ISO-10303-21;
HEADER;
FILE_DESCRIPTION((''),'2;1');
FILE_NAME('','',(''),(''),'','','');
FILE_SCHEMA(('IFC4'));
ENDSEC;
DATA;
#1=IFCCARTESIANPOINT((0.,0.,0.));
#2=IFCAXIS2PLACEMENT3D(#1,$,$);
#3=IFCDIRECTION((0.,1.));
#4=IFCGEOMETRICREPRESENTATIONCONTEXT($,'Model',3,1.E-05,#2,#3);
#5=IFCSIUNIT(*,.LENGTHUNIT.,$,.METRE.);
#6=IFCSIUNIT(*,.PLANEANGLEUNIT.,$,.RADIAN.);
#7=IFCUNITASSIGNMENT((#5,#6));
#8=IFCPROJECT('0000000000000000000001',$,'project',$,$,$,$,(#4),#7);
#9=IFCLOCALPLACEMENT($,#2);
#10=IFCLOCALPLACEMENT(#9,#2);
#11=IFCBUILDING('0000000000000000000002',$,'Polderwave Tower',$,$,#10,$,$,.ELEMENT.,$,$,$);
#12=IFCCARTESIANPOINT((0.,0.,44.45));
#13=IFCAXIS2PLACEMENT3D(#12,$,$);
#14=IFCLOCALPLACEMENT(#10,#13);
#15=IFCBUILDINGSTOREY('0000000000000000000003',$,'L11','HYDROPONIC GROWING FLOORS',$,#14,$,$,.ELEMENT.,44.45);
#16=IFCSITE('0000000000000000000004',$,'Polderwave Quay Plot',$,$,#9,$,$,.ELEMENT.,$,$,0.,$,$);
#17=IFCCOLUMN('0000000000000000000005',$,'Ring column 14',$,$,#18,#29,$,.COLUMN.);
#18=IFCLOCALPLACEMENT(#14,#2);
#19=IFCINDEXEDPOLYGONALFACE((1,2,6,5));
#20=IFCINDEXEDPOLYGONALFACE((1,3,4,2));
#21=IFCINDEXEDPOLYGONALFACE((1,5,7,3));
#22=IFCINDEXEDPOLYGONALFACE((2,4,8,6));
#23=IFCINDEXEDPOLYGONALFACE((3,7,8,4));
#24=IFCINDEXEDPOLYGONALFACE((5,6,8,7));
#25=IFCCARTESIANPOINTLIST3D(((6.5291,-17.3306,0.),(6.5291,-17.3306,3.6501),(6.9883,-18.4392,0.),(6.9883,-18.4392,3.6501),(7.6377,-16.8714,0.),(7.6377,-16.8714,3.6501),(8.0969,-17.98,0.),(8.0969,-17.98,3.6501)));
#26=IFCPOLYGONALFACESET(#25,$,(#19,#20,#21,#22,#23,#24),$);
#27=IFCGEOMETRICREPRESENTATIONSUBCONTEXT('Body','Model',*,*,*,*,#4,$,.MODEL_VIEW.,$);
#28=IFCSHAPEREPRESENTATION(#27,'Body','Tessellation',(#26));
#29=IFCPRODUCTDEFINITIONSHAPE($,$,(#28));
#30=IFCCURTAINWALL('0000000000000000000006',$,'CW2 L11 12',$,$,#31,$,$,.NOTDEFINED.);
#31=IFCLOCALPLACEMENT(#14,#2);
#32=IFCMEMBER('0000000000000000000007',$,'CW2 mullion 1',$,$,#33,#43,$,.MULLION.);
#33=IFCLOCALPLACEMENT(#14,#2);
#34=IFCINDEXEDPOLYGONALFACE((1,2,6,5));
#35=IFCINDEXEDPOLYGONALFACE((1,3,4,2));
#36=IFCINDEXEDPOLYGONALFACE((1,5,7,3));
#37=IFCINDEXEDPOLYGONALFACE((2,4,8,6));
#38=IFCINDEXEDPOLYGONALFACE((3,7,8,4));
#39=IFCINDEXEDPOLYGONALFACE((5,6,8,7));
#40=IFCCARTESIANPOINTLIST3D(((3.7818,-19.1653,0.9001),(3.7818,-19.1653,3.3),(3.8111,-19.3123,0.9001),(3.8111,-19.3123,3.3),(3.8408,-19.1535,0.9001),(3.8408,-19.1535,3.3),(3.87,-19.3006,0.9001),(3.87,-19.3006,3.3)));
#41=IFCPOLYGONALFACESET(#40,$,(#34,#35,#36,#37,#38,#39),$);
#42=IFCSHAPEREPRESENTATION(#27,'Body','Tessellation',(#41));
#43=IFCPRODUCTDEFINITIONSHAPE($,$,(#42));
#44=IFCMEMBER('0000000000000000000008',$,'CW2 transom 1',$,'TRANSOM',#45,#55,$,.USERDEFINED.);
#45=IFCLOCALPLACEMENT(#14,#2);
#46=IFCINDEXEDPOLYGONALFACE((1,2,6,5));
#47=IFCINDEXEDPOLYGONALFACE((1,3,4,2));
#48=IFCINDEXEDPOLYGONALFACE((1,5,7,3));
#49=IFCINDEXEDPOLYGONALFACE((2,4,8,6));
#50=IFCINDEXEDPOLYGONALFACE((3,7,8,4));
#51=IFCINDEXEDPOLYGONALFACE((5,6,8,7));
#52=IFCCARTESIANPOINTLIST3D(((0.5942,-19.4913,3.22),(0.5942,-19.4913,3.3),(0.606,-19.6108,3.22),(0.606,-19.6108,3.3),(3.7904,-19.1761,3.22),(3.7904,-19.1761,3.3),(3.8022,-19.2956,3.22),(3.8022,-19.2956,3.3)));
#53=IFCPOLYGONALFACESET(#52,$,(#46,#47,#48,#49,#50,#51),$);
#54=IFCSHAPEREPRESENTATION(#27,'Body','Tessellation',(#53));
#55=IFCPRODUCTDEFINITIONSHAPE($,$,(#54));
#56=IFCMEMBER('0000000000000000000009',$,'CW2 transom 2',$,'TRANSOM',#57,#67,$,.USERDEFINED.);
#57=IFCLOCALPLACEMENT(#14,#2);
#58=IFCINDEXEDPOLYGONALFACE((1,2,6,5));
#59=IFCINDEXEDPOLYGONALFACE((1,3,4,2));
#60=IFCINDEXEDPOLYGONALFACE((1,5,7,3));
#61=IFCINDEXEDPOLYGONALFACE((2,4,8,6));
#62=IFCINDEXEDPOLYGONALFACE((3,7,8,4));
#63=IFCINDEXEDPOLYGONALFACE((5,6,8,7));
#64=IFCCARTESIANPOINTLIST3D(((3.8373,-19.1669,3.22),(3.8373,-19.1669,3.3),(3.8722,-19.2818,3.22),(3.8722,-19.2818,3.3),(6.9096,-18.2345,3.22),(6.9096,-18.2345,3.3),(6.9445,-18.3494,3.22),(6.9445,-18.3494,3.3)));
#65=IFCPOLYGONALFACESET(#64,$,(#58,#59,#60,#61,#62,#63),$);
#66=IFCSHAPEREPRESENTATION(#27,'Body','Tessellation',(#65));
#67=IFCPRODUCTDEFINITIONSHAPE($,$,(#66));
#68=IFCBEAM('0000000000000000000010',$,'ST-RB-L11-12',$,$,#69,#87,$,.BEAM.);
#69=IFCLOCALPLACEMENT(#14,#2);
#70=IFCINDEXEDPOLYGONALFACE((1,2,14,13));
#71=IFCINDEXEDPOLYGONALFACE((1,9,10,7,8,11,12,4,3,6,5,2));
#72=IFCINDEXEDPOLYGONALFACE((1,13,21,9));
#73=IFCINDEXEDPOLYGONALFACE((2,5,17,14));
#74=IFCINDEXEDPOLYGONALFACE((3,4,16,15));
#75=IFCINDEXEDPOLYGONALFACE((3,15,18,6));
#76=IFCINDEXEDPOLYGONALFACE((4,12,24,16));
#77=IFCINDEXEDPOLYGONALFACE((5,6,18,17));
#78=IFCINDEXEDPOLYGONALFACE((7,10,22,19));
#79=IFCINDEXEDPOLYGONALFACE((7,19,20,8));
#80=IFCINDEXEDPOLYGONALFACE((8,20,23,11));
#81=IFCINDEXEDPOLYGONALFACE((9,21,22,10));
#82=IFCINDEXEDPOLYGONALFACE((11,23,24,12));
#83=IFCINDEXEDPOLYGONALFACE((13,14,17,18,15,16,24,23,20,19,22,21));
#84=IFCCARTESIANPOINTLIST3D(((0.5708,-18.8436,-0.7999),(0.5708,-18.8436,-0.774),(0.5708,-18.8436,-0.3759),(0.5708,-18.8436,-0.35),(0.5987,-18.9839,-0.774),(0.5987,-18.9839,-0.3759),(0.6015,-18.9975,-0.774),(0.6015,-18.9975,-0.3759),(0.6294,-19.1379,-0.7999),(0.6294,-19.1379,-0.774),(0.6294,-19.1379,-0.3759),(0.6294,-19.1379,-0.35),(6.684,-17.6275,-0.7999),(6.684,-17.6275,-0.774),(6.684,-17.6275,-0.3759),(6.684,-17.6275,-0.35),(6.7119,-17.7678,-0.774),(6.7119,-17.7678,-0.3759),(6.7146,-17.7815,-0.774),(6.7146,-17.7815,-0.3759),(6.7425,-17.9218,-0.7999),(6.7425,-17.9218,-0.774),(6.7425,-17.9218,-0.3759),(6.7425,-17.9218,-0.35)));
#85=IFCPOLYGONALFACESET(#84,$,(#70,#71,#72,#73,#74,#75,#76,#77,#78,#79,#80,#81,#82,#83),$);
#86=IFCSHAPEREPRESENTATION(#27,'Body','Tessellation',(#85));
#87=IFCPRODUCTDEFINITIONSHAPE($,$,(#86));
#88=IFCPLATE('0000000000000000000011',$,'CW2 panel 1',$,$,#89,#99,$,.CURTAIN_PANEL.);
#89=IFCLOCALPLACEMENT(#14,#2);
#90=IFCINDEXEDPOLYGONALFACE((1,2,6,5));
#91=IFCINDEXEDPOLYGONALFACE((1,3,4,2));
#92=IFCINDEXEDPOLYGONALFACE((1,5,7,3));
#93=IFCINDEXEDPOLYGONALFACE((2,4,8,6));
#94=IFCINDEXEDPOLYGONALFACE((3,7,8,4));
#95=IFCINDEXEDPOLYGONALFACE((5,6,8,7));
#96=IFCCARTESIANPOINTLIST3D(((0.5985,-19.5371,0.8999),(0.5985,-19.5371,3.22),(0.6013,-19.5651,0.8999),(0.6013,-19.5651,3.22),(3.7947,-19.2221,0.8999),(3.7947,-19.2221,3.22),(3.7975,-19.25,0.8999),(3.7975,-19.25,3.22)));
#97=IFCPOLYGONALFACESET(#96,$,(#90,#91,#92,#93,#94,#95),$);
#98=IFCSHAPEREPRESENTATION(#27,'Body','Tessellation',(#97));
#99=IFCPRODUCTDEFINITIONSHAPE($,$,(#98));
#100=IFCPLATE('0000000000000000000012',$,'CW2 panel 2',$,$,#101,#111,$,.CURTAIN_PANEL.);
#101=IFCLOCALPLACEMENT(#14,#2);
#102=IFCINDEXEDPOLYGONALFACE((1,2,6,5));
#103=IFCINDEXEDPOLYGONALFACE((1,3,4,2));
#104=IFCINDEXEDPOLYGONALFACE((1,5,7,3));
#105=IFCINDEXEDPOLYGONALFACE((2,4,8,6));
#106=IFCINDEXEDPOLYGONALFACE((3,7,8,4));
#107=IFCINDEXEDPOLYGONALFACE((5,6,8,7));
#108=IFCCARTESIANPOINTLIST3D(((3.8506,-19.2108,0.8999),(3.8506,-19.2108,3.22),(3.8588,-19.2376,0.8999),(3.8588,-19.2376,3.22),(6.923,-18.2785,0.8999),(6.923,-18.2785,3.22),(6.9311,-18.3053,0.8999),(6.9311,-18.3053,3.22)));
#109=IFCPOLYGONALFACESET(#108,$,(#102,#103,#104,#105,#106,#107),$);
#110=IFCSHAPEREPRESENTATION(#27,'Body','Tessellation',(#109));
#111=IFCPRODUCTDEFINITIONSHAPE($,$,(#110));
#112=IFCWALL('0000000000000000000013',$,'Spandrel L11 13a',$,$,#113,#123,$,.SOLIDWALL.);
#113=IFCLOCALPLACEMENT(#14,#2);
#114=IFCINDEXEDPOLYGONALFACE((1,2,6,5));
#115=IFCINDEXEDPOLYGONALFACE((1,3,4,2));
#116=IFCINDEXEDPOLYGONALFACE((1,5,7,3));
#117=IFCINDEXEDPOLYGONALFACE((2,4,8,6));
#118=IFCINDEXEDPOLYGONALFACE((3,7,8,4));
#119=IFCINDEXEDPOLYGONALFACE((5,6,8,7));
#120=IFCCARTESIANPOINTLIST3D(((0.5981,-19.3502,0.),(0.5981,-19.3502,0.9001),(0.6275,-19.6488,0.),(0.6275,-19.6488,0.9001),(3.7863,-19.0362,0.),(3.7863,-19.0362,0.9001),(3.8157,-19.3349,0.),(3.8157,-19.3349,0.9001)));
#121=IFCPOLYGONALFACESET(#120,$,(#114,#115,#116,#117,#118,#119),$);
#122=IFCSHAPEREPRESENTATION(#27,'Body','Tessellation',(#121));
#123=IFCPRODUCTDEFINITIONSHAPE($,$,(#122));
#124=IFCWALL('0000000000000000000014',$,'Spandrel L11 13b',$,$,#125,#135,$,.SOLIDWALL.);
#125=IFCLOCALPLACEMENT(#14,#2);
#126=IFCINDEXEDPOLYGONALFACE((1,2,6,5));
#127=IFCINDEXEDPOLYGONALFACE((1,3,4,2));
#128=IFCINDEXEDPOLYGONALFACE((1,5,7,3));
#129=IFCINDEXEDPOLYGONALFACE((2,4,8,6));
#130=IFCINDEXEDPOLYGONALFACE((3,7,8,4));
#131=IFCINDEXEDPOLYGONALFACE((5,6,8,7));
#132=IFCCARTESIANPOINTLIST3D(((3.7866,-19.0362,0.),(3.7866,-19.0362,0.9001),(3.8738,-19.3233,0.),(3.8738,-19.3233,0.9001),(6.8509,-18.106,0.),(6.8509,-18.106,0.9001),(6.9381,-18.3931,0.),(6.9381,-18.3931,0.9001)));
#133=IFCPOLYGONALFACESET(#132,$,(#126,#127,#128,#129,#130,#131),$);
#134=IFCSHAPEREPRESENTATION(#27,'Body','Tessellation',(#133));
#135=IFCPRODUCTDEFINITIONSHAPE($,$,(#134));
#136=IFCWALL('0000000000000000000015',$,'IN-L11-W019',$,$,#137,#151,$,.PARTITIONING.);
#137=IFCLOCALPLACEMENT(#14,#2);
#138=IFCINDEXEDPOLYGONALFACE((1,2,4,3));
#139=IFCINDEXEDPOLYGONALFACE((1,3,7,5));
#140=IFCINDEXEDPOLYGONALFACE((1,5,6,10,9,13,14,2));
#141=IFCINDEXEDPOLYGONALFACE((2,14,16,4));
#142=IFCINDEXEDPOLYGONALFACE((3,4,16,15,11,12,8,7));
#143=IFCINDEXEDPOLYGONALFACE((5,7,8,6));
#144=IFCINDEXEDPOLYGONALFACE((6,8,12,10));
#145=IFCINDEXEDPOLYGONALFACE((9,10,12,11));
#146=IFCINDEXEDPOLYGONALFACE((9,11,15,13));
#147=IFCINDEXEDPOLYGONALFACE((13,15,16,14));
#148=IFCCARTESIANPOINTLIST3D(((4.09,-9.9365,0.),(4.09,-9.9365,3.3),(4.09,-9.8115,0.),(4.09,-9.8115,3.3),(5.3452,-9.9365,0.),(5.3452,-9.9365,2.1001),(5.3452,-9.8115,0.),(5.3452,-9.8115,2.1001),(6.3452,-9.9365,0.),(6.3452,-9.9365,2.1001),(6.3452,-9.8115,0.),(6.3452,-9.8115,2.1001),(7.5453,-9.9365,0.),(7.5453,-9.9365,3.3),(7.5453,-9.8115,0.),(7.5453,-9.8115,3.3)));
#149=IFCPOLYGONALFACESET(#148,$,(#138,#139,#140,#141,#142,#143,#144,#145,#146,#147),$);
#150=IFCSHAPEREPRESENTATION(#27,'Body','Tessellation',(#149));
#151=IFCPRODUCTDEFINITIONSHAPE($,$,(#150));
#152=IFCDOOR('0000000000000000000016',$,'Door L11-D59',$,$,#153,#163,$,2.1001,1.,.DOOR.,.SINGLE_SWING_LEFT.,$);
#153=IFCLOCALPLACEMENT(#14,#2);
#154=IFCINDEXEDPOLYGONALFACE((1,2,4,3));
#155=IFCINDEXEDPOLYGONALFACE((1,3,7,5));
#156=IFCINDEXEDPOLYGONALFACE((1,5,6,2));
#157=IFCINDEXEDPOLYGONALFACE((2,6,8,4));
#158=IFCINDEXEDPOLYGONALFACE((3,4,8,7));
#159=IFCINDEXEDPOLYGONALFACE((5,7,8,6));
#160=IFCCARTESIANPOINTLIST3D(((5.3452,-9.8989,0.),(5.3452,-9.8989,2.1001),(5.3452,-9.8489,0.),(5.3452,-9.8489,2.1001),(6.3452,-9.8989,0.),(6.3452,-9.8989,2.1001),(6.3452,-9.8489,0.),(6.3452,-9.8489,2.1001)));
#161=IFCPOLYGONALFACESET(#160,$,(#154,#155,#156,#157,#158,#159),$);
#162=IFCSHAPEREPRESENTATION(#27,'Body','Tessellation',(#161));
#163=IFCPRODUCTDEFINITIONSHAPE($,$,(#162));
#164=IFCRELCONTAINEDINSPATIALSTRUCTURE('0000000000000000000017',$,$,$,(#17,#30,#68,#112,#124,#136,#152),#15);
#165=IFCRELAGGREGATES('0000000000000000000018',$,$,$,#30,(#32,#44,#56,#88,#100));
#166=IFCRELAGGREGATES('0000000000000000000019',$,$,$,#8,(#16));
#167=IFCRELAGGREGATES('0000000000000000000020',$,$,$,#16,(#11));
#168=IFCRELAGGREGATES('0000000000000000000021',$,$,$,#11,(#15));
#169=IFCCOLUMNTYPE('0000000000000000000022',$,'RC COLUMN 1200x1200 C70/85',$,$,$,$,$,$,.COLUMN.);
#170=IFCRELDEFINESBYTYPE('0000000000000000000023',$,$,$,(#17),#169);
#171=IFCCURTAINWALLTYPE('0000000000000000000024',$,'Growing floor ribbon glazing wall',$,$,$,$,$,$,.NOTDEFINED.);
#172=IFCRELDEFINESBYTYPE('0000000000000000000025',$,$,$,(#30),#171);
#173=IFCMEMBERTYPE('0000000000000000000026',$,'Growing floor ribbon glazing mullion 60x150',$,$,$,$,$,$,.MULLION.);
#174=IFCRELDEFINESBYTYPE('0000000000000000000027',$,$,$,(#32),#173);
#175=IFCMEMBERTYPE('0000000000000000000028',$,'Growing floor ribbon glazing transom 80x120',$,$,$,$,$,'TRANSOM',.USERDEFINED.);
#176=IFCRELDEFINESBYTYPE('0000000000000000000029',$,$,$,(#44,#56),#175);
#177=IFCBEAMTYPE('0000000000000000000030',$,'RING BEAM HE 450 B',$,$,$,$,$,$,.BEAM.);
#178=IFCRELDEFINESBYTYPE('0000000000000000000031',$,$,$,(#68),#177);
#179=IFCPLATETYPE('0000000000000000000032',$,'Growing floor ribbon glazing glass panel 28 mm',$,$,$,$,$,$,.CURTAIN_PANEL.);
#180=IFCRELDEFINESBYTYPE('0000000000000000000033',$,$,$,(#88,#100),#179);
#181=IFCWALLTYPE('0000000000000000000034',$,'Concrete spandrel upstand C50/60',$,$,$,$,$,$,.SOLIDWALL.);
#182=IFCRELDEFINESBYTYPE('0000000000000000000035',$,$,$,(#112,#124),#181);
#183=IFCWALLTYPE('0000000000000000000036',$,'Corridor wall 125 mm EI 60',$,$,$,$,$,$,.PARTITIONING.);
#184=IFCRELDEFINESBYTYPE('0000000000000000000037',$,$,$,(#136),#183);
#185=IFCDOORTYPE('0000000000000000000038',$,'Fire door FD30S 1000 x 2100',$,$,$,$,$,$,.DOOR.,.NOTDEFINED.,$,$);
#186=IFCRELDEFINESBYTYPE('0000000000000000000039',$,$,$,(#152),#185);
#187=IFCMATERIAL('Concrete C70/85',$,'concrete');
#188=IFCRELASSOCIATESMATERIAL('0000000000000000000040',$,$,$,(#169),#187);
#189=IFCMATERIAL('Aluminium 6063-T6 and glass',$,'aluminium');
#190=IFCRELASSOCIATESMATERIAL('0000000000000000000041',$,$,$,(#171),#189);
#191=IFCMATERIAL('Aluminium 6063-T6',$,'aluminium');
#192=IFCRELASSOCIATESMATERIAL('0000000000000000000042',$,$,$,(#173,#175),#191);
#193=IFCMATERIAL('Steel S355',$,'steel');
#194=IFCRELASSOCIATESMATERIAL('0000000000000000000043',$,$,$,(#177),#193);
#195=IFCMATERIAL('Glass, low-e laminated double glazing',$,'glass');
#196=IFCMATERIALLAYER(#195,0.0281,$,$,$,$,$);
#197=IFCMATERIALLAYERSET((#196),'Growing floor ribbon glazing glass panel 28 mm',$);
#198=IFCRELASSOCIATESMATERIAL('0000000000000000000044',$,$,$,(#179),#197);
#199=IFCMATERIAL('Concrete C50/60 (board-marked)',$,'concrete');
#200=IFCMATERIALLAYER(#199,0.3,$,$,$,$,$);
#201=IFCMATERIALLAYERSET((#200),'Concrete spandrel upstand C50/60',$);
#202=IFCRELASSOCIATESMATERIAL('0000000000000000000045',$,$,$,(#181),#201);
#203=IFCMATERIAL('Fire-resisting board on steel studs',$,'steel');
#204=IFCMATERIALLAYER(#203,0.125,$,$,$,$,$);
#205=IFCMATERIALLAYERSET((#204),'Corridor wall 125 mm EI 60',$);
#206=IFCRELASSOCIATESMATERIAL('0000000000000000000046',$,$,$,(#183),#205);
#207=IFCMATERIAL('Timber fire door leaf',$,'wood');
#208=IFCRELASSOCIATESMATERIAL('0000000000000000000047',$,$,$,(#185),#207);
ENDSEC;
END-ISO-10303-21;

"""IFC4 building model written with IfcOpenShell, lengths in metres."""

from ifc_helpers import new_model, si_unit, direction, frame, frame_2d, origin, origin_2d, place, context, subcontext, project, spatial, rectangle, i_section, extrude, material, layer, layer_set, material_profile, profile_set, type_object, element, fill, aggregate, save


model = new_model("IFC4")

# Units and contexts
model_context = context("Model", 3, precision=1e-05, world=origin(), true_north=direction((0.0, 1.0)))
body_context = subcontext(model_context, "Body", "Model", "MODEL_VIEW")
ifc_project = project(units=[si_unit("LENGTHUNIT", "METRE"), si_unit("PLANEANGLEUNIT", "RADIAN")], contexts=[model_context])

# Site, building, storey
site_placement = place(None, origin())
site = spatial("IfcSite", under=ifc_project, at=site_placement, Name="Polderwave Quay Plot", CompositionType="ELEMENT", RefElevation=0.0)
building_placement = place(site_placement, origin())
building = spatial("IfcBuilding", under=site, at=building_placement, Name="Polderwave Tower", CompositionType="ELEMENT")
storey_placement = place(building_placement, frame((0.0, 0.0, 44.45)))
storey = spatial("IfcBuildingStorey", under=building, at=storey_placement, Name="L11", Description="HYDROPONIC GROWING FLOORS", CompositionType="ELEMENT", Elevation=44.45)

# Column
ifc_material_1 = material(Name="Concrete C70/85", Category="concrete")
ifc_material_profile_1 = material_profile(ifc_material_1, rectangle(XDim=1.2, YDim=1.2, at=origin_2d()), Name="RC 1200x1200")
ifc_profile_set_1 = profile_set([ifc_material_profile_1], Name="Concrete C70/85")
column_type = type_object("IfcColumnType", Name="RC COLUMN 1200x1200 C70/85", PredefinedType="COLUMN", material=ifc_profile_set_1)
column_placement = place(storey_placement, frame((7.313, -17.6553, 0.0), z_axis=(0.0, 0.0, 1.0), x_axis=(0.382683, -0.92388, 0.0)))
element("IfcColumn", 1, at=column_placement, inside=storey, type_object=column_type, Name="Ring column 14", PredefinedType="COLUMN", context=body_context, shape_type="SweptSolid", body=[
    extrude(rectangle(XDim=1.2, YDim=1.2, at=origin_2d()), origin(), (0.0, 0.0, 1.0), 3.6501),
])

# Curtain wall, members
ifc_material_2 = material(Name="Aluminium 6063-T6 and glass", Category="aluminium")
curtain_wall_type = type_object("IfcCurtainWallType", Name="Growing floor ribbon glazing wall", PredefinedType="NOTDEFINED", material=ifc_material_2)
curtain_wall_placement = place(storey_placement, origin())
curtain_wall = element("IfcCurtainWall", 2, at=curtain_wall_placement, inside=storey, type_object=curtain_wall_type, Name="CW2 L11 12", PredefinedType="NOTDEFINED")
ifc_material_3 = material(Name="Aluminium 6063-T6", Category="aluminium")
ifc_material_profile_2 = material_profile(ifc_material_3, rectangle(XDim=0.1499, YDim=0.0601, at=origin_2d()), Name="AL 60x150")
ifc_profile_set_2 = profile_set([ifc_material_profile_2], Name="Aluminium 6063-T6")
member_type_1 = type_object("IfcMemberType", Name="Growing floor ribbon glazing mullion 60x150", PredefinedType="MULLION", material=ifc_profile_set_2)
member_1_placement = place(storey_placement, frame((3.8259, -19.2329, 0.9001), z_axis=(0.0, 0.0, 1.0), x_axis=(-0.195178, 0.980768, 0.0)))
member_1 = element("IfcMember", 3, at=member_1_placement, type_object=member_type_1, Name="CW2 mullion 1", PredefinedType="MULLION", context=body_context, shape_type="SweptSolid", body=[
    extrude(rectangle(XDim=0.1499, YDim=0.0601, at=origin_2d()), origin(), (0.0, 0.0, 1.0), 2.3999),
])
ifc_material_profile_3 = material_profile(ifc_material_3, rectangle(XDim=0.1201, YDim=0.0801, at=origin_2d()), Name="AL 80x120")
ifc_profile_set_3 = profile_set([ifc_material_profile_3], Name="Aluminium 6063-T6")
member_type_2 = type_object("IfcMemberType", Name="Growing floor ribbon glazing transom 80x120", ElementType="TRANSOM", PredefinedType="USERDEFINED", material=ifc_profile_set_3)
member_2_placement = place(storey_placement, frame((0.6001, -19.551, 3.26), z_axis=(0.995172, 0.098141, 0.0), x_axis=(-0.098141, 0.995172, 0.0)))
member_2 = element("IfcMember", 4, at=member_2_placement, type_object=member_type_2, Name="CW2 transom 1", ObjectType="TRANSOM", PredefinedType="USERDEFINED", context=body_context, shape_type="SweptSolid", body=[
    extrude(rectangle(XDim=0.1201, YDim=0.0801, at=origin_2d()), origin(), (0.0, 0.0, 1.0), 3.2117),
])
member_3_placement = place(storey_placement, frame((3.8547, -19.2244, 3.26), z_axis=(0.956905, 0.290402, 0.0), x_axis=(-0.290402, 0.956905, 0.0)))
member_3 = element("IfcMember", 5, at=member_3_placement, type_object=member_type_2, Name="CW2 transom 2", ObjectType="TRANSOM", PredefinedType="USERDEFINED", context=body_context, shape_type="SweptSolid", body=[
    extrude(rectangle(XDim=0.1201, YDim=0.0801, at=origin_2d()), origin(), (0.0, 0.0, 1.0), 3.2107),
])

# Beam
ifc_material_4 = material(Name="Steel S355", Category="steel")
ifc_material_profile_4 = material_profile(ifc_material_4, i_section(OverallWidth=0.3, OverallDepth=0.45, WebThickness=0.0139, FlangeThickness=0.0259, at=origin_2d()), Name="HE 450 B")
ifc_profile_set_4 = profile_set([ifc_material_profile_4], Name="Steel S355")
beam_type = type_object("IfcBeamType", Name="RING BEAM HE 450 B", PredefinedType="BEAM", material=ifc_profile_set_4)
beam_placement = place(storey_placement, frame((0.6001, -18.9907, -0.575), z_axis=(0.980782, 0.195107, 0.0), x_axis=(-0.195107, 0.980782, 0.0)))
element("IfcBeam", 6, at=beam_placement, inside=storey, type_object=beam_type, Name="ST-RB-L11-12", PredefinedType="BEAM", context=body_context, shape_type="SweptSolid", body=[
    extrude(i_section(OverallWidth=0.3, OverallDepth=0.45, WebThickness=0.0139, FlangeThickness=0.0259, at=origin_2d()), origin(), (0.0, 0.0, 1.0), 6.2329),
])

# Plates
ifc_material_5 = material(Name="Glass, low-e laminated double glazing", Category="glass")
ifc_layer_1 = layer(ifc_material_5, 0.0281)
ifc_layer_set_1 = layer_set([ifc_layer_1], Name="Growing floor ribbon glazing glass panel 28 mm")
plate_type = type_object("IfcPlateType", Name="Growing floor ribbon glazing glass panel 28 mm", PredefinedType="CURTAIN_PANEL", material=ifc_layer_set_1)
plate_1_placement = place(storey_placement, frame((2.198, -19.3936, 0.8999), z_axis=(0.0, 0.0, 1.0), x_axis=(0.995177, 0.098099, 0.0)))
plate_1 = element("IfcPlate", 7, at=plate_1_placement, type_object=plate_type, Name="CW2 panel 1", PredefinedType="CURTAIN_PANEL", context=body_context, shape_type="SweptSolid", body=[
    extrude(rectangle(XDim=3.2117, YDim=0.0281, at=origin_2d()), origin(), (0.0, 0.0, 1.0), 2.3201),
])
plate_2_placement = place(storey_placement, frame((5.3909, -18.7581, 0.8999), z_axis=(0.0, 0.0, 1.0), x_axis=(0.956913, 0.290375, 0.0)))
plate_2 = element("IfcPlate", 8, at=plate_2_placement, type_object=plate_type, Name="CW2 panel 2", PredefinedType="CURTAIN_PANEL", context=body_context, shape_type="SweptSolid", body=[
    extrude(rectangle(XDim=3.2107, YDim=0.0281, at=origin_2d()), origin(), (0.0, 0.0, 1.0), 2.3201),
])
aggregate(curtain_wall, [member_1, member_2, member_3, plate_1, plate_2])

# Walls
ifc_material_6 = material(Name="Concrete C50/60 (board-marked)", Category="concrete")
ifc_layer_2 = layer(ifc_material_6, 0.3)
ifc_layer_set_2 = layer_set([ifc_layer_2], Name="Concrete spandrel upstand C50/60")
wall_type_1 = type_object("IfcWallType", Name="Concrete spandrel upstand C50/60", PredefinedType="SOLIDWALL", material=ifc_layer_set_2)
wall_1_placement = place(storey_placement, frame((0.6128, -19.4995, 0.0), z_axis=(0.0, 0.0, 1.0), x_axis=(0.995186, 0.098002, 0.0)))
element("IfcWall", 9, at=wall_1_placement, inside=storey, type_object=wall_type_1, Name="Spandrel L11 13a", PredefinedType="SOLIDWALL", context=body_context, shape_type="SweptSolid", body=[
    extrude(rectangle(XDim=3.2036, YDim=0.3, at=frame_2d((1.6018, 0.0))), origin(), (0.0, 0.0, 1.0), 0.9001),
])
wall_2_placement = place(storey_placement, frame((3.8303, -19.1797, 0.0), z_axis=(0.0, 0.0, 1.0), x_axis=(0.956883, 0.290473, 0.0)))
element("IfcWall", 10, at=wall_2_placement, inside=storey, type_object=wall_type_1, Name="Spandrel L11 13b", PredefinedType="SOLIDWALL", context=body_context, shape_type="SweptSolid", body=[
    extrude(rectangle(XDim=3.2024, YDim=0.3, at=frame_2d((1.6011, 0.0))), origin(), (0.0, 0.0, 1.0), 0.9001),
])

# Wall, opening, door
ifc_material_7 = material(Name="Fire-resisting board on steel studs", Category="steel")
ifc_layer_3 = layer(ifc_material_7, 0.125)
ifc_layer_set_3 = layer_set([ifc_layer_3], Name="Corridor wall 125 mm EI 60")
wall_type_2 = type_object("IfcWallType", Name="Corridor wall 125 mm EI 60", PredefinedType="PARTITIONING", material=ifc_layer_set_3)
wall_3_placement = place(storey_placement, frame((7.5452, -9.874, 0.0), z_axis=(0.0, 0.0, 1.0), x_axis=(-1.0, 0.0, 0.0)))
wall_3 = element("IfcWall", 11, at=wall_3_placement, inside=storey, type_object=wall_type_2, Name="IN-L11-W019", PredefinedType="PARTITIONING", context=body_context, shape_type="SweptSolid", body=[
    extrude(rectangle(XDim=3.4553, YDim=0.125, at=frame_2d((1.7275, 0.0))), origin(), (0.0, 0.0, 1.0), 3.3),
])
opening_1_placement = place(wall_3_placement, frame((1.2, 0.0, 0.0)))
opening_1 = element("IfcOpeningElement", 12, at=opening_1_placement, cuts=wall_3, PredefinedType="OPENING", context=body_context, shape_type="SweptSolid", body=[
    extrude(rectangle(XDim=1.0, YDim=2.1001, at=frame_2d((0.5, 1.05))), frame((0.0, 0.0725, 0.0), z_axis=(0.0, -1.0, 0.0), x_axis=(1.0, 0.0, 0.0)), (0.0, 0.0, 1.0), 0.145),
])
ifc_material_8 = material(Name="Timber fire door leaf", Category="wood")
door_type_1 = type_object("IfcDoorType", Name="Fire door FD30S 1000 x 2100", OperationType="NOTDEFINED", PredefinedType="DOOR", material=ifc_material_8)
door_1_placement = place(opening_1_placement, origin())
door_1 = element("IfcDoor", 13, at=door_1_placement, inside=storey, type_object=door_type_1, Name="Door L11-D59", OperationType="SINGLE_SWING_LEFT", OverallHeight=2.1001, OverallWidth=1.0, PredefinedType="DOOR", context=body_context, shape_type="SweptSolid", body=[
    extrude(rectangle(XDim=1.0, YDim=2.1001, at=frame_2d((0.5, 1.05))), frame((0.0, 0.0249, 0.0), z_axis=(0.0, -1.0, 0.0), x_axis=(1.0, 0.0, 0.0)), (0.0, 0.0, 1.0), 0.05),
])
fill(opening_1, door_1)

save(model, "model.ifc")
